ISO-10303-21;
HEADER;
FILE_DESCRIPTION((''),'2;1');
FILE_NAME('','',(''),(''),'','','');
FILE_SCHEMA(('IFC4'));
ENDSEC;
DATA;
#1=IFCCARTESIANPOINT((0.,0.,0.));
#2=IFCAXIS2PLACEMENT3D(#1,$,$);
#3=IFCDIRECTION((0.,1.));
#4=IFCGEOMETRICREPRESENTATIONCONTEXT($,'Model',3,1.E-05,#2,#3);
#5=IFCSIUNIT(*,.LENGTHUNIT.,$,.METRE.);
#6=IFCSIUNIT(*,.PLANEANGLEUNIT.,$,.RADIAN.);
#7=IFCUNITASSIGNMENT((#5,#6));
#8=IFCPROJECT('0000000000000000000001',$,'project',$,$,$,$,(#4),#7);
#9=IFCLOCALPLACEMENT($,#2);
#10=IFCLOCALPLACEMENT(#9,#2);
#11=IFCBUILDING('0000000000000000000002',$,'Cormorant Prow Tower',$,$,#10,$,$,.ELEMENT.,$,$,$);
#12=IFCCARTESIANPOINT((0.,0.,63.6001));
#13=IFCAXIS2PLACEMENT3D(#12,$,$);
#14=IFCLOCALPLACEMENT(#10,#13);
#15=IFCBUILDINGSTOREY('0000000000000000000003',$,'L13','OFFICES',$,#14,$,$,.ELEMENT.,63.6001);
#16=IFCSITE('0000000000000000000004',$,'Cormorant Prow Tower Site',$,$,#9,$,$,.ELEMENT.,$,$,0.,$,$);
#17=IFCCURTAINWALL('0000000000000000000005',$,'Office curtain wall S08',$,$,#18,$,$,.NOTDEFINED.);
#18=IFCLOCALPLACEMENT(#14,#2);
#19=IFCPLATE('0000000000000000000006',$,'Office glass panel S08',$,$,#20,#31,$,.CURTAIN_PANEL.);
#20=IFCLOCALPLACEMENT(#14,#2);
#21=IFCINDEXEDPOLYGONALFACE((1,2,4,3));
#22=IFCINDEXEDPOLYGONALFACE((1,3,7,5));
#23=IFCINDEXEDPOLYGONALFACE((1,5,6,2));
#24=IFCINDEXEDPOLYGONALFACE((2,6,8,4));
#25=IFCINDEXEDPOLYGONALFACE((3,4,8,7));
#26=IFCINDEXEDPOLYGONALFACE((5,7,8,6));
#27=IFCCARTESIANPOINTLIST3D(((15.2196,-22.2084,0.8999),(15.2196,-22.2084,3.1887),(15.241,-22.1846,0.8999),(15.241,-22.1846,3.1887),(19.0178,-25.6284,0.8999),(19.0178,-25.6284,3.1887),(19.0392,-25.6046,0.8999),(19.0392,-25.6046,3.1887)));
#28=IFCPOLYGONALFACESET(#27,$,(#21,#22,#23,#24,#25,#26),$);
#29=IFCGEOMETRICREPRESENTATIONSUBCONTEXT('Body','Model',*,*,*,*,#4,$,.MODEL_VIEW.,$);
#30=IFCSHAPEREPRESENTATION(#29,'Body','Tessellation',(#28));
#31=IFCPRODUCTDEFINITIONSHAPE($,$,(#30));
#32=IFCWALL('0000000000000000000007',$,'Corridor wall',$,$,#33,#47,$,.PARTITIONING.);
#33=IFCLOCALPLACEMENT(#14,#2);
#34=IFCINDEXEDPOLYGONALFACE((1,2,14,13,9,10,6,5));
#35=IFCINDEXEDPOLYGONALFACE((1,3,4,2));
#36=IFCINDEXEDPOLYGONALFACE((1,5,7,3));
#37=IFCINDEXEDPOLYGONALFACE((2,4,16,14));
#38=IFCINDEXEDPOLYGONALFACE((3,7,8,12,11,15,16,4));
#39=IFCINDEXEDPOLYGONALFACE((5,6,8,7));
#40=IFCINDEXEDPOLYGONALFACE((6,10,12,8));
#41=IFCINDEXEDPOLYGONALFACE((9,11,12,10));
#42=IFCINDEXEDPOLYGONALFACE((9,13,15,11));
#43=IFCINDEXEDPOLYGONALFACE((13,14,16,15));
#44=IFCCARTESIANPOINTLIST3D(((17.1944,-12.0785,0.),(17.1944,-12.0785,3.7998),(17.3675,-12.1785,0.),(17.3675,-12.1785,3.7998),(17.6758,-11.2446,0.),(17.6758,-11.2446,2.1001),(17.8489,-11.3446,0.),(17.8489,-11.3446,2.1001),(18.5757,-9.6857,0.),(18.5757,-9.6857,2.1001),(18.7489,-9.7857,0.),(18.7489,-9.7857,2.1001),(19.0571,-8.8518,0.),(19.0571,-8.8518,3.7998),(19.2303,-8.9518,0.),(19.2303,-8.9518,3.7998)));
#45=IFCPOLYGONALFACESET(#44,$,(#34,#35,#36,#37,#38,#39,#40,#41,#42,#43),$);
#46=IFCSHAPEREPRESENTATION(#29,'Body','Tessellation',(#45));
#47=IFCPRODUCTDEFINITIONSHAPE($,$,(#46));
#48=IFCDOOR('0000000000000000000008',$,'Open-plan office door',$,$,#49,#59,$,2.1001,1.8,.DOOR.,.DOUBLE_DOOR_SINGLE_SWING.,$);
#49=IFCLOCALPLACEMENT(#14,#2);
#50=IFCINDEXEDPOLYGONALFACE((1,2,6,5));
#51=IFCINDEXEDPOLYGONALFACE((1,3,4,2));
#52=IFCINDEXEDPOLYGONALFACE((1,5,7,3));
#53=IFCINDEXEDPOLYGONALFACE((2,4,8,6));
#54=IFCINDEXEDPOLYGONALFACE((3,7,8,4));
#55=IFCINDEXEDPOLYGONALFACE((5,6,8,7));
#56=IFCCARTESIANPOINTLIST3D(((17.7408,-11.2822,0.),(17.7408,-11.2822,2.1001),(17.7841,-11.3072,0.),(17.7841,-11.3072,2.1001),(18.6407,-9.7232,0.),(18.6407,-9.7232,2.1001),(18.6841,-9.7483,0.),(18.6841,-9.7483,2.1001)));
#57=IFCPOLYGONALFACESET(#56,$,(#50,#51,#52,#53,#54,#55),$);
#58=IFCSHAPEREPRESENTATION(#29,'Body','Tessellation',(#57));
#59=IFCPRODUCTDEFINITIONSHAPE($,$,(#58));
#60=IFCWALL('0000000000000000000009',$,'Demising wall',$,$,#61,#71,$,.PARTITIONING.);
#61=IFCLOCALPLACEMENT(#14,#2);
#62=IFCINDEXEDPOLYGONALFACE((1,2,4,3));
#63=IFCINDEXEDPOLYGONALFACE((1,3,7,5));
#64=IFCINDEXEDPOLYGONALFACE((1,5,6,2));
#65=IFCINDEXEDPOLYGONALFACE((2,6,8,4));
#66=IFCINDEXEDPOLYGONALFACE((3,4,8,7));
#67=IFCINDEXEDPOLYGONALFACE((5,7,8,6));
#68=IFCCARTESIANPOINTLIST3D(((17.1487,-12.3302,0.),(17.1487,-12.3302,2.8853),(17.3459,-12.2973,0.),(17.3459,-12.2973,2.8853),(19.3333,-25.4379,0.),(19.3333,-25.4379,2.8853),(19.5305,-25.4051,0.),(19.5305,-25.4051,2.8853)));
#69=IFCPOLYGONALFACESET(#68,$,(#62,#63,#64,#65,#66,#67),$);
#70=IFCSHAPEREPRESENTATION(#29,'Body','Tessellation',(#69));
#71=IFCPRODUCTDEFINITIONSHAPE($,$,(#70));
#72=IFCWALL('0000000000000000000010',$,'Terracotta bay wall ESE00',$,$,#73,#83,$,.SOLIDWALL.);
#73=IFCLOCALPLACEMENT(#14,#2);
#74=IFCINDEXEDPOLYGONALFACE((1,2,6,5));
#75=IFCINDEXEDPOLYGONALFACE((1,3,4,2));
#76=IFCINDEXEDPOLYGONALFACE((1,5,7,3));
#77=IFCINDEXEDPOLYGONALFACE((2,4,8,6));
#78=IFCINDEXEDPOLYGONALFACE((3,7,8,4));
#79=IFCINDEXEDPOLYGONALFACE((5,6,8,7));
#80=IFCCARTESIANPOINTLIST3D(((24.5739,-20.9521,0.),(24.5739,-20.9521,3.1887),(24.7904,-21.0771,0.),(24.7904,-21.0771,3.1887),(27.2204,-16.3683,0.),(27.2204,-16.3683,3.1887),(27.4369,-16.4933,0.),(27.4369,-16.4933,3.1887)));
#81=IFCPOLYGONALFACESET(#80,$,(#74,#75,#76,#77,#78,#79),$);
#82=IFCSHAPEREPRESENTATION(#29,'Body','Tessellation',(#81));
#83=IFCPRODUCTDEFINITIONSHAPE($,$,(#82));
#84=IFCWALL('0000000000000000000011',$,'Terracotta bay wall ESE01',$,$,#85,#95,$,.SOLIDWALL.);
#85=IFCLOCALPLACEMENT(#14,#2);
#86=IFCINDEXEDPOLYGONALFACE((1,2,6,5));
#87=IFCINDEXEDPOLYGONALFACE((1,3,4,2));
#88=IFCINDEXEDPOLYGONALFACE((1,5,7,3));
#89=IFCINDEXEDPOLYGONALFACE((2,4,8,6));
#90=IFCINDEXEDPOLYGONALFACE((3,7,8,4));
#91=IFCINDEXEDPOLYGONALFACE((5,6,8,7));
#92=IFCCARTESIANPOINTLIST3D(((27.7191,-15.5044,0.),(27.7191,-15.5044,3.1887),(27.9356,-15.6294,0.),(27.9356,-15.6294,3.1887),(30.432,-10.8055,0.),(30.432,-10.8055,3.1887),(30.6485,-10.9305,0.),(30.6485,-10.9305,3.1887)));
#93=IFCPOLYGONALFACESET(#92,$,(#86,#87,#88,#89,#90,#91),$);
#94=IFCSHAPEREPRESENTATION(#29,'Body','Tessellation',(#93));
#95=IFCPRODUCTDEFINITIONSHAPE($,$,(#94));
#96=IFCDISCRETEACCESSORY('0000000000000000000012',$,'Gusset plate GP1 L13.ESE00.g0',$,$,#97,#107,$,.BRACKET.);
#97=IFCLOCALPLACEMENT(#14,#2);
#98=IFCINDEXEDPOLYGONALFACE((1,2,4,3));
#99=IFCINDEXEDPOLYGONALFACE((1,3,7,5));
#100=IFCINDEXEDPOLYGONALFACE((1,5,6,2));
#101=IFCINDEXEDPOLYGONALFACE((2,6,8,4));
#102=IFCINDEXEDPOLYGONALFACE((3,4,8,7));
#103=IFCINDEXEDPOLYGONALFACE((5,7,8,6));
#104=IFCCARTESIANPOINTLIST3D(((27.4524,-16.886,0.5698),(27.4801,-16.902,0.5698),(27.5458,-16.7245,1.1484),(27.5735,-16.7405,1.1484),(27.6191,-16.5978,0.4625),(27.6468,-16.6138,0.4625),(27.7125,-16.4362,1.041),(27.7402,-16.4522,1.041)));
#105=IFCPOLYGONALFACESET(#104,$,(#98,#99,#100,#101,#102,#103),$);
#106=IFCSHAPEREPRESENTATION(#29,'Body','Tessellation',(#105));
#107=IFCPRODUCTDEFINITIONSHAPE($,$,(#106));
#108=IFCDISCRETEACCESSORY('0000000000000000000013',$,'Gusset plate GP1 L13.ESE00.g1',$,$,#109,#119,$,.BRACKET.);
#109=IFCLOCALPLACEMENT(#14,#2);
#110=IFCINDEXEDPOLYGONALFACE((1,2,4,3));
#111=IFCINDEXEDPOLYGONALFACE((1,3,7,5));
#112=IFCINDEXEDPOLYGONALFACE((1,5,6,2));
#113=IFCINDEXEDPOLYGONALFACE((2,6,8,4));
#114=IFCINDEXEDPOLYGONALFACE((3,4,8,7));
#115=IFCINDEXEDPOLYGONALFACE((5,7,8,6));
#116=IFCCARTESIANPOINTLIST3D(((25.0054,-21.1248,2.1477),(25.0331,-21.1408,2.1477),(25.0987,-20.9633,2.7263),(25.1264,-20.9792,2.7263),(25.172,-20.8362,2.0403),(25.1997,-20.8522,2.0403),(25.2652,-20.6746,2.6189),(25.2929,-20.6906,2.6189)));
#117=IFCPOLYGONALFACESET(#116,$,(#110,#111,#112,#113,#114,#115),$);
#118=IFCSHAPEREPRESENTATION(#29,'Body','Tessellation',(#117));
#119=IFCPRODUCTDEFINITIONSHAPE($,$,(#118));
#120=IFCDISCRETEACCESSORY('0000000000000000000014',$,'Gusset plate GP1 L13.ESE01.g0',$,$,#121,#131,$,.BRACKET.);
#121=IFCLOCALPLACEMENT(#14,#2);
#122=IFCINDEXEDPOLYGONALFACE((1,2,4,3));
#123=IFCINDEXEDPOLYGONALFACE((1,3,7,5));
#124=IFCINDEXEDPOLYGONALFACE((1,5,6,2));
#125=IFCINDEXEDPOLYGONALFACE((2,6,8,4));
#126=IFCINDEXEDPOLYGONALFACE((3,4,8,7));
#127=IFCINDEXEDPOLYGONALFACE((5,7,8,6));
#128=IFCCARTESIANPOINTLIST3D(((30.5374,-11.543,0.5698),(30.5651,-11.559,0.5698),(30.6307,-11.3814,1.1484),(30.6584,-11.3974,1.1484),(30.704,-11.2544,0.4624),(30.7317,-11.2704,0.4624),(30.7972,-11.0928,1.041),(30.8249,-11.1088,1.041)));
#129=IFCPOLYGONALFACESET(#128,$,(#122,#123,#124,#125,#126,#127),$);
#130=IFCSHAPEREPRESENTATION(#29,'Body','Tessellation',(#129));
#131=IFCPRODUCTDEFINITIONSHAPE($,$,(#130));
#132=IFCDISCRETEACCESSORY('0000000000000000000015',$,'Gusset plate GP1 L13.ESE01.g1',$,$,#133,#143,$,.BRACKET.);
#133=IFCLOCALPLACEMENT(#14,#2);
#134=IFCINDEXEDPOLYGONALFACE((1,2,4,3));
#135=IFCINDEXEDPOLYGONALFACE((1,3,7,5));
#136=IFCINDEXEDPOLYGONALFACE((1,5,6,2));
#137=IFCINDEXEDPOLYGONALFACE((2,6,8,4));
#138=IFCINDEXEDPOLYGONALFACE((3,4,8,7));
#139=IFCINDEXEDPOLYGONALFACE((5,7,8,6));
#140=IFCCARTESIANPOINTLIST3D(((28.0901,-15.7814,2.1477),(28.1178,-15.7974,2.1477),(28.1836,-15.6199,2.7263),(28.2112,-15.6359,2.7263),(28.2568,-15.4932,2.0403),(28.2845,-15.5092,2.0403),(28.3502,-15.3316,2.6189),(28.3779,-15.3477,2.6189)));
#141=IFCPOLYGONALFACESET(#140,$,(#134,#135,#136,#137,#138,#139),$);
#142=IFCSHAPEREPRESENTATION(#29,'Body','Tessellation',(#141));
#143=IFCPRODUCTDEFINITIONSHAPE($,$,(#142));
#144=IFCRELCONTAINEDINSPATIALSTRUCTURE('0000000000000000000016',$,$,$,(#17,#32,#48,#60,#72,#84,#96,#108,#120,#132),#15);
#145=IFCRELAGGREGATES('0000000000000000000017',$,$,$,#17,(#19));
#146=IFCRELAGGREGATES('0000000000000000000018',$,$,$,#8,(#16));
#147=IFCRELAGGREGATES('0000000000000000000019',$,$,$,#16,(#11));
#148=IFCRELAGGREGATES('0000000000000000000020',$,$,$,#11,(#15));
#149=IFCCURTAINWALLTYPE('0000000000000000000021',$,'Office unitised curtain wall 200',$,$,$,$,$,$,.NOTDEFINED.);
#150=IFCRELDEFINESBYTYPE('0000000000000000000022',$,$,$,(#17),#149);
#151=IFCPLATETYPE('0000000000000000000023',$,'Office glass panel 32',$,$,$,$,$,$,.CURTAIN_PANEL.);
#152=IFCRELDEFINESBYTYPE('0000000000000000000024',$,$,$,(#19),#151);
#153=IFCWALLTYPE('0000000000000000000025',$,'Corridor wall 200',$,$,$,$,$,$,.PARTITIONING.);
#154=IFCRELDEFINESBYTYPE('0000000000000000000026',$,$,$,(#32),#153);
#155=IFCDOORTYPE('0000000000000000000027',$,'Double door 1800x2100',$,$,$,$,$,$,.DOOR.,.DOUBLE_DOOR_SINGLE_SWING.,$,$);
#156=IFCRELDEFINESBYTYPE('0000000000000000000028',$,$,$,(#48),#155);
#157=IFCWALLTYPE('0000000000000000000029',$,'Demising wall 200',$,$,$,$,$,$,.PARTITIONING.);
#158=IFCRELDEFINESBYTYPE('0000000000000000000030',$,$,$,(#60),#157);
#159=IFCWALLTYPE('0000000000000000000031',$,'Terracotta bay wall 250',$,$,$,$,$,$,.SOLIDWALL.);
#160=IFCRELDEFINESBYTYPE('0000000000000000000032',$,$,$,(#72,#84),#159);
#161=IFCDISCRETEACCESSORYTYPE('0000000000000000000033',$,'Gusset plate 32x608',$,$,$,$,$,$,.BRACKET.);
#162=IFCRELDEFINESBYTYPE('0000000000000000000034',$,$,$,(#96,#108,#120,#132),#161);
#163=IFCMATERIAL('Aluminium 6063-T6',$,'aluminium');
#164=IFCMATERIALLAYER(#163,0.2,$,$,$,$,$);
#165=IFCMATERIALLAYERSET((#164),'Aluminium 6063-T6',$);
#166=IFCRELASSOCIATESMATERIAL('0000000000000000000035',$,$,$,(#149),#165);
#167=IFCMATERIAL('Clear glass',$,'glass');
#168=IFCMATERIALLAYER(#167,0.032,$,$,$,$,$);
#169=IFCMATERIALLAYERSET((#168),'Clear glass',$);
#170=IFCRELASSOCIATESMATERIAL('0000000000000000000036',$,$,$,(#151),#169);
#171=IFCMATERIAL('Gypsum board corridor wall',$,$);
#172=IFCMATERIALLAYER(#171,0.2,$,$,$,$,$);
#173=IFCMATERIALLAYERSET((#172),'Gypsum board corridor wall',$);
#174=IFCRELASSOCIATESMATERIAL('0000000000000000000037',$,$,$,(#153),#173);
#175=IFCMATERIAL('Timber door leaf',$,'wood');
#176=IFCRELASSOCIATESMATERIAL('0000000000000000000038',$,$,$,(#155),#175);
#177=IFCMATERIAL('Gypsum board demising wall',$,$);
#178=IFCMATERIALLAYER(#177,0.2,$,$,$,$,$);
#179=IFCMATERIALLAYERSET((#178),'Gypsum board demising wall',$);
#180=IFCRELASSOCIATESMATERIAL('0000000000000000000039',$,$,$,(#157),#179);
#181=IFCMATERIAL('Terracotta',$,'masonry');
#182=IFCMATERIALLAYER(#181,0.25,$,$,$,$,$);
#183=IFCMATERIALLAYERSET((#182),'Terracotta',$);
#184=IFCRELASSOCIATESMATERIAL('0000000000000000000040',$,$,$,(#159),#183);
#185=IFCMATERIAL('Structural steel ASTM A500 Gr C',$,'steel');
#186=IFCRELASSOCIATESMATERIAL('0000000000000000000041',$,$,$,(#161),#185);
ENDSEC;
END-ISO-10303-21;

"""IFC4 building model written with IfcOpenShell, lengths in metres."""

from ifc_helpers import new_model, si_unit, direction, frame, frame_2d, origin, origin_2d, place, context, subcontext, project, spatial, rectangle, extrude, material, layer, layer_set, material_profile, profile_set, type_object, element, fill, aggregate, save


model = new_model("IFC4")

# Units and contexts
model_context = context("Model", 3, precision=1e-05, world=origin(), true_north=direction((0.0, 1.0)))
body_context = subcontext(model_context, "Body", "Model", "MODEL_VIEW")
ifc_project = project(units=[si_unit("LENGTHUNIT", "METRE"), si_unit("PLANEANGLEUNIT", "RADIAN")], contexts=[model_context])

# Site, building, storey
site_placement = place(None, origin())
site = spatial("IfcSite", under=ifc_project, at=site_placement, Name="Cormorant Prow Tower Site", CompositionType="ELEMENT", RefElevation=0.0)
building_placement = place(site_placement, origin())
building = spatial("IfcBuilding", under=site, at=building_placement, Name="Cormorant Prow Tower", CompositionType="ELEMENT")
storey_placement = place(building_placement, frame((0.0, 0.0, 63.6001)))
storey = spatial("IfcBuildingStorey", under=building, at=storey_placement, Name="L13", Description="OFFICES", CompositionType="ELEMENT", Elevation=63.6001)

# Curtain wall, plate
ifc_material_1 = material(Name="Aluminium 6063-T6", Category="aluminium")
ifc_layer_1 = layer(ifc_material_1, 0.2)
ifc_layer_set_1 = layer_set([ifc_layer_1], Name="Aluminium 6063-T6")
curtain_wall_type = type_object("IfcCurtainWallType", Name="Office unitised curtain wall 200", PredefinedType="NOTDEFINED", material=ifc_layer_set_1)
curtain_wall_placement = place(storey_placement, origin())
curtain_wall = element("IfcCurtainWall", 1, at=curtain_wall_placement, inside=storey, type_object=curtain_wall_type, Name="Office curtain wall S08", PredefinedType="NOTDEFINED")
ifc_material_2 = material(Name="Clear glass", Category="glass")
ifc_layer_2 = layer(ifc_material_2, 0.032)
ifc_layer_set_2 = layer_set([ifc_layer_2], Name="Clear glass")
plate_type = type_object("IfcPlateType", Name="Office glass panel 32", PredefinedType="CURTAIN_PANEL", material=ifc_layer_set_2)
plate_placement = place(storey_placement, frame((17.1294, -23.9065, 0.8999), z_axis=(0.0, 0.0, 1.0), x_axis=(0.743145, -0.669131, 0.0)))
plate = element("IfcPlate", 2, at=plate_placement, type_object=plate_type, Name="Office glass panel S08", PredefinedType="CURTAIN_PANEL", context=body_context, shape_type="SweptSolid", body=[
    extrude(rectangle(XDim=5.1111, YDim=0.032, at=origin_2d()), origin(), (0.0, 0.0, 1.0), 2.2888),
])
aggregate(curtain_wall, [plate])

# Wall, opening, door
ifc_material_3 = material(Name="Gypsum board corridor wall")
ifc_layer_3 = layer(ifc_material_3, 0.2)
ifc_layer_set_3 = layer_set([ifc_layer_3], Name="Gypsum board corridor wall")
wall_type_1 = type_object("IfcWallType", Name="Corridor wall 200", PredefinedType="PARTITIONING", material=ifc_layer_set_3)
wall_1_placement = place(storey_placement, frame((17.281, -12.1284, 0.0), z_axis=(0.0, 0.0, 1.0), x_axis=(0.499959, 0.866049, 0.0)))
wall_1 = element("IfcWall", 3, at=wall_1_placement, inside=storey, type_object=wall_type_1, Name="Corridor wall", PredefinedType="PARTITIONING", context=body_context, shape_type="SweptSolid", body=[
    extrude(rectangle(XDim=3.7258, YDim=0.2, at=frame_2d((1.8628, 0.0))), origin(), (0.0, 0.0, 1.0), 3.7998),
])
opening_1_placement = place(wall_1_placement, frame((0.9629, 0.0, 0.0)))
opening_1 = element("IfcOpeningElement", 4, at=opening_1_placement, cuts=wall_1, PredefinedType="OPENING", context=body_context, shape_type="SweptSolid", body=[
    extrude(rectangle(XDim=1.8, YDim=2.1001, at=frame_2d((0.8999, 1.05))), frame((0.0, 0.1099, 0.0), z_axis=(0.0, -1.0, 0.0), x_axis=(1.0, 0.0, 0.0)), (0.0, 0.0, 1.0), 0.22),
])
ifc_material_4 = material(Name="Timber door leaf", Category="wood")
door_type_1 = type_object("IfcDoorType", Name="Double door 1800x2100", OperationType="DOUBLE_DOOR_SINGLE_SWING", PredefinedType="DOOR", material=ifc_material_4)
door_1_placement = place(opening_1_placement, origin())
door_1 = element("IfcDoor", 5, at=door_1_placement, inside=storey, type_object=door_type_1, Name="Open-plan office door", OperationType="DOUBLE_DOOR_SINGLE_SWING", OverallHeight=2.1001, OverallWidth=1.8, PredefinedType="DOOR", context=body_context, shape_type="SweptSolid", body=[
    extrude(rectangle(XDim=1.8, YDim=2.1001, at=frame_2d((0.8999, 1.05))), frame((0.0, 0.0249, 0.0), z_axis=(0.0, -1.0, 0.0), x_axis=(1.0, 0.0, 0.0)), (0.0, 0.0, 1.0), 0.05),
])
fill(opening_1, door_1)

# Walls
ifc_material_5 = material(Name="Gypsum board demising wall")
ifc_layer_4 = layer(ifc_material_5, 0.2)
ifc_layer_set_4 = layer_set([ifc_layer_4], Name="Gypsum board demising wall")
wall_type_2 = type_object("IfcWallType", Name="Demising wall 200", PredefinedType="PARTITIONING", material=ifc_layer_set_4)
wall_2_placement = place(storey_placement, frame((17.2473, -12.3137, 0.0), z_axis=(0.0, 0.0, 1.0), x_axis=(0.164396, -0.986394, 0.0)))
element("IfcWall", 6, at=wall_2_placement, inside=storey, type_object=wall_type_2, Name="Demising wall", PredefinedType="PARTITIONING", context=body_context, shape_type="SweptSolid", body=[
    extrude(rectangle(XDim=13.2886, YDim=0.2, at=frame_2d((6.6443, 0.0))), origin(), (0.0, 0.0, 1.0), 2.8853),
])
ifc_material_6 = material(Name="Terracotta", Category="masonry")
ifc_layer_5 = layer(ifc_material_6, 0.25)
ifc_layer_set_5 = layer_set([ifc_layer_5], Name="Terracotta")
wall_type_3 = type_object("IfcWallType", Name="Terracotta bay wall 250", PredefinedType="SOLIDWALL", material=ifc_layer_set_5)
wall_3_placement = place(storey_placement, frame((24.6821, -21.0146, 0.0), z_axis=(0.0, 0.0, 1.0), x_axis=(0.500009, 0.86602, 0.0)))
element("IfcWall", 7, at=wall_3_placement, inside=storey, type_object=wall_type_3, Name="Terracotta bay wall ESE00", PredefinedType="SOLIDWALL", context=body_context, shape_type="SweptSolid", body=[
    extrude(rectangle(XDim=5.293, YDim=0.25, at=frame_2d((2.6465, 0.0))), origin(), (0.0, 0.0, 1.0), 3.1887),
])
wall_4_placement = place(storey_placement, frame((27.8274, -15.5669, 0.0), z_axis=(0.0, 0.0, 1.0), x_axis=(0.499991, 0.86603, 0.0)))
element("IfcWall", 8, at=wall_4_placement, inside=storey, type_object=wall_type_3, Name="Terracotta bay wall ESE01", PredefinedType="SOLIDWALL", context=body_context, shape_type="SweptSolid", body=[
    extrude(rectangle(XDim=5.4258, YDim=0.25, at=frame_2d((2.7129, 0.0))), origin(), (0.0, 0.0, 1.0), 3.1887),
])

# Discrete accessories
ifc_material_7 = material(Name="Structural steel ASTM A500 Gr C", Category="steel")
ifc_material_profile_1 = material_profile(ifc_material_7, rectangle(XDim=0.032, YDim=0.6079, at=origin_2d()), Name="Gusset plate 32x608")
ifc_profile_set_1 = profile_set([ifc_material_profile_1], Name="Structural steel ASTM A500 Gr C")
discrete_accessory_type = type_object("IfcDiscreteAccessoryType", Name="Gusset plate 32x608", PredefinedType="BRACKET", material=ifc_profile_set_1)
discrete_accessory_1_placement = place(storey_placement, frame((27.5129, -16.8132, 0.8591), z_axis=(0.476465, 0.823872, -0.306946), x_axis=(-0.86566, 0.500632, 0.0)))
element("IfcDiscreteAccessory", 9, at=discrete_accessory_1_placement, inside=storey, type_object=discrete_accessory_type, Name="Gusset plate GP1 L13.ESE00.g0", PredefinedType="BRACKET", context=body_context, shape_type="SweptSolid", body=[
    extrude(rectangle(XDim=0.032, YDim=0.6079, at=origin_2d()), origin(), (0.0, 0.0, 1.0), 0.3499),
])
for number, where, z_axis, x_axis, name in (
    (10, (25.2324, -20.7634, 2.3296), (-0.475652, -0.82437, 0.306872), (0.866161, -0.499765, 0.0), "Gusset plate GP1 L13.ESE00.g1"),
    (11, (30.5979, -11.4702, 0.8591), (0.475652, 0.82437, -0.306872), (-0.866161, 0.499765, 0.0), "Gusset plate GP1 L13.ESE01.g0"),
):
    element("IfcDiscreteAccessory", number, at=place(storey_placement, frame(where, z_axis=z_axis, x_axis=x_axis)), inside=storey, type_object=discrete_accessory_type, Name=name, PredefinedType="BRACKET", context=body_context, shape_type="SweptSolid", body=[
        extrude(rectangle(XDim=0.032, YDim=0.6079, at=origin_2d()), origin(), (0.0, 0.0, 1.0), 0.3501),
    ])
discrete_accessory_2_placement = place(storey_placement, frame((28.3174, -15.4204, 2.3296), z_axis=(-0.476465, -0.823872, 0.306946), x_axis=(0.86566, -0.500632, 0.0)))
element("IfcDiscreteAccessory", 12, at=discrete_accessory_2_placement, inside=storey, type_object=discrete_accessory_type, Name="Gusset plate GP1 L13.ESE01.g1", PredefinedType="BRACKET", context=body_context, shape_type="SweptSolid", body=[
    extrude(rectangle(XDim=0.032, YDim=0.6079, at=origin_2d()), origin(), (0.0, 0.0, 1.0), 0.3499),
])

save(model, "model.ifc")
